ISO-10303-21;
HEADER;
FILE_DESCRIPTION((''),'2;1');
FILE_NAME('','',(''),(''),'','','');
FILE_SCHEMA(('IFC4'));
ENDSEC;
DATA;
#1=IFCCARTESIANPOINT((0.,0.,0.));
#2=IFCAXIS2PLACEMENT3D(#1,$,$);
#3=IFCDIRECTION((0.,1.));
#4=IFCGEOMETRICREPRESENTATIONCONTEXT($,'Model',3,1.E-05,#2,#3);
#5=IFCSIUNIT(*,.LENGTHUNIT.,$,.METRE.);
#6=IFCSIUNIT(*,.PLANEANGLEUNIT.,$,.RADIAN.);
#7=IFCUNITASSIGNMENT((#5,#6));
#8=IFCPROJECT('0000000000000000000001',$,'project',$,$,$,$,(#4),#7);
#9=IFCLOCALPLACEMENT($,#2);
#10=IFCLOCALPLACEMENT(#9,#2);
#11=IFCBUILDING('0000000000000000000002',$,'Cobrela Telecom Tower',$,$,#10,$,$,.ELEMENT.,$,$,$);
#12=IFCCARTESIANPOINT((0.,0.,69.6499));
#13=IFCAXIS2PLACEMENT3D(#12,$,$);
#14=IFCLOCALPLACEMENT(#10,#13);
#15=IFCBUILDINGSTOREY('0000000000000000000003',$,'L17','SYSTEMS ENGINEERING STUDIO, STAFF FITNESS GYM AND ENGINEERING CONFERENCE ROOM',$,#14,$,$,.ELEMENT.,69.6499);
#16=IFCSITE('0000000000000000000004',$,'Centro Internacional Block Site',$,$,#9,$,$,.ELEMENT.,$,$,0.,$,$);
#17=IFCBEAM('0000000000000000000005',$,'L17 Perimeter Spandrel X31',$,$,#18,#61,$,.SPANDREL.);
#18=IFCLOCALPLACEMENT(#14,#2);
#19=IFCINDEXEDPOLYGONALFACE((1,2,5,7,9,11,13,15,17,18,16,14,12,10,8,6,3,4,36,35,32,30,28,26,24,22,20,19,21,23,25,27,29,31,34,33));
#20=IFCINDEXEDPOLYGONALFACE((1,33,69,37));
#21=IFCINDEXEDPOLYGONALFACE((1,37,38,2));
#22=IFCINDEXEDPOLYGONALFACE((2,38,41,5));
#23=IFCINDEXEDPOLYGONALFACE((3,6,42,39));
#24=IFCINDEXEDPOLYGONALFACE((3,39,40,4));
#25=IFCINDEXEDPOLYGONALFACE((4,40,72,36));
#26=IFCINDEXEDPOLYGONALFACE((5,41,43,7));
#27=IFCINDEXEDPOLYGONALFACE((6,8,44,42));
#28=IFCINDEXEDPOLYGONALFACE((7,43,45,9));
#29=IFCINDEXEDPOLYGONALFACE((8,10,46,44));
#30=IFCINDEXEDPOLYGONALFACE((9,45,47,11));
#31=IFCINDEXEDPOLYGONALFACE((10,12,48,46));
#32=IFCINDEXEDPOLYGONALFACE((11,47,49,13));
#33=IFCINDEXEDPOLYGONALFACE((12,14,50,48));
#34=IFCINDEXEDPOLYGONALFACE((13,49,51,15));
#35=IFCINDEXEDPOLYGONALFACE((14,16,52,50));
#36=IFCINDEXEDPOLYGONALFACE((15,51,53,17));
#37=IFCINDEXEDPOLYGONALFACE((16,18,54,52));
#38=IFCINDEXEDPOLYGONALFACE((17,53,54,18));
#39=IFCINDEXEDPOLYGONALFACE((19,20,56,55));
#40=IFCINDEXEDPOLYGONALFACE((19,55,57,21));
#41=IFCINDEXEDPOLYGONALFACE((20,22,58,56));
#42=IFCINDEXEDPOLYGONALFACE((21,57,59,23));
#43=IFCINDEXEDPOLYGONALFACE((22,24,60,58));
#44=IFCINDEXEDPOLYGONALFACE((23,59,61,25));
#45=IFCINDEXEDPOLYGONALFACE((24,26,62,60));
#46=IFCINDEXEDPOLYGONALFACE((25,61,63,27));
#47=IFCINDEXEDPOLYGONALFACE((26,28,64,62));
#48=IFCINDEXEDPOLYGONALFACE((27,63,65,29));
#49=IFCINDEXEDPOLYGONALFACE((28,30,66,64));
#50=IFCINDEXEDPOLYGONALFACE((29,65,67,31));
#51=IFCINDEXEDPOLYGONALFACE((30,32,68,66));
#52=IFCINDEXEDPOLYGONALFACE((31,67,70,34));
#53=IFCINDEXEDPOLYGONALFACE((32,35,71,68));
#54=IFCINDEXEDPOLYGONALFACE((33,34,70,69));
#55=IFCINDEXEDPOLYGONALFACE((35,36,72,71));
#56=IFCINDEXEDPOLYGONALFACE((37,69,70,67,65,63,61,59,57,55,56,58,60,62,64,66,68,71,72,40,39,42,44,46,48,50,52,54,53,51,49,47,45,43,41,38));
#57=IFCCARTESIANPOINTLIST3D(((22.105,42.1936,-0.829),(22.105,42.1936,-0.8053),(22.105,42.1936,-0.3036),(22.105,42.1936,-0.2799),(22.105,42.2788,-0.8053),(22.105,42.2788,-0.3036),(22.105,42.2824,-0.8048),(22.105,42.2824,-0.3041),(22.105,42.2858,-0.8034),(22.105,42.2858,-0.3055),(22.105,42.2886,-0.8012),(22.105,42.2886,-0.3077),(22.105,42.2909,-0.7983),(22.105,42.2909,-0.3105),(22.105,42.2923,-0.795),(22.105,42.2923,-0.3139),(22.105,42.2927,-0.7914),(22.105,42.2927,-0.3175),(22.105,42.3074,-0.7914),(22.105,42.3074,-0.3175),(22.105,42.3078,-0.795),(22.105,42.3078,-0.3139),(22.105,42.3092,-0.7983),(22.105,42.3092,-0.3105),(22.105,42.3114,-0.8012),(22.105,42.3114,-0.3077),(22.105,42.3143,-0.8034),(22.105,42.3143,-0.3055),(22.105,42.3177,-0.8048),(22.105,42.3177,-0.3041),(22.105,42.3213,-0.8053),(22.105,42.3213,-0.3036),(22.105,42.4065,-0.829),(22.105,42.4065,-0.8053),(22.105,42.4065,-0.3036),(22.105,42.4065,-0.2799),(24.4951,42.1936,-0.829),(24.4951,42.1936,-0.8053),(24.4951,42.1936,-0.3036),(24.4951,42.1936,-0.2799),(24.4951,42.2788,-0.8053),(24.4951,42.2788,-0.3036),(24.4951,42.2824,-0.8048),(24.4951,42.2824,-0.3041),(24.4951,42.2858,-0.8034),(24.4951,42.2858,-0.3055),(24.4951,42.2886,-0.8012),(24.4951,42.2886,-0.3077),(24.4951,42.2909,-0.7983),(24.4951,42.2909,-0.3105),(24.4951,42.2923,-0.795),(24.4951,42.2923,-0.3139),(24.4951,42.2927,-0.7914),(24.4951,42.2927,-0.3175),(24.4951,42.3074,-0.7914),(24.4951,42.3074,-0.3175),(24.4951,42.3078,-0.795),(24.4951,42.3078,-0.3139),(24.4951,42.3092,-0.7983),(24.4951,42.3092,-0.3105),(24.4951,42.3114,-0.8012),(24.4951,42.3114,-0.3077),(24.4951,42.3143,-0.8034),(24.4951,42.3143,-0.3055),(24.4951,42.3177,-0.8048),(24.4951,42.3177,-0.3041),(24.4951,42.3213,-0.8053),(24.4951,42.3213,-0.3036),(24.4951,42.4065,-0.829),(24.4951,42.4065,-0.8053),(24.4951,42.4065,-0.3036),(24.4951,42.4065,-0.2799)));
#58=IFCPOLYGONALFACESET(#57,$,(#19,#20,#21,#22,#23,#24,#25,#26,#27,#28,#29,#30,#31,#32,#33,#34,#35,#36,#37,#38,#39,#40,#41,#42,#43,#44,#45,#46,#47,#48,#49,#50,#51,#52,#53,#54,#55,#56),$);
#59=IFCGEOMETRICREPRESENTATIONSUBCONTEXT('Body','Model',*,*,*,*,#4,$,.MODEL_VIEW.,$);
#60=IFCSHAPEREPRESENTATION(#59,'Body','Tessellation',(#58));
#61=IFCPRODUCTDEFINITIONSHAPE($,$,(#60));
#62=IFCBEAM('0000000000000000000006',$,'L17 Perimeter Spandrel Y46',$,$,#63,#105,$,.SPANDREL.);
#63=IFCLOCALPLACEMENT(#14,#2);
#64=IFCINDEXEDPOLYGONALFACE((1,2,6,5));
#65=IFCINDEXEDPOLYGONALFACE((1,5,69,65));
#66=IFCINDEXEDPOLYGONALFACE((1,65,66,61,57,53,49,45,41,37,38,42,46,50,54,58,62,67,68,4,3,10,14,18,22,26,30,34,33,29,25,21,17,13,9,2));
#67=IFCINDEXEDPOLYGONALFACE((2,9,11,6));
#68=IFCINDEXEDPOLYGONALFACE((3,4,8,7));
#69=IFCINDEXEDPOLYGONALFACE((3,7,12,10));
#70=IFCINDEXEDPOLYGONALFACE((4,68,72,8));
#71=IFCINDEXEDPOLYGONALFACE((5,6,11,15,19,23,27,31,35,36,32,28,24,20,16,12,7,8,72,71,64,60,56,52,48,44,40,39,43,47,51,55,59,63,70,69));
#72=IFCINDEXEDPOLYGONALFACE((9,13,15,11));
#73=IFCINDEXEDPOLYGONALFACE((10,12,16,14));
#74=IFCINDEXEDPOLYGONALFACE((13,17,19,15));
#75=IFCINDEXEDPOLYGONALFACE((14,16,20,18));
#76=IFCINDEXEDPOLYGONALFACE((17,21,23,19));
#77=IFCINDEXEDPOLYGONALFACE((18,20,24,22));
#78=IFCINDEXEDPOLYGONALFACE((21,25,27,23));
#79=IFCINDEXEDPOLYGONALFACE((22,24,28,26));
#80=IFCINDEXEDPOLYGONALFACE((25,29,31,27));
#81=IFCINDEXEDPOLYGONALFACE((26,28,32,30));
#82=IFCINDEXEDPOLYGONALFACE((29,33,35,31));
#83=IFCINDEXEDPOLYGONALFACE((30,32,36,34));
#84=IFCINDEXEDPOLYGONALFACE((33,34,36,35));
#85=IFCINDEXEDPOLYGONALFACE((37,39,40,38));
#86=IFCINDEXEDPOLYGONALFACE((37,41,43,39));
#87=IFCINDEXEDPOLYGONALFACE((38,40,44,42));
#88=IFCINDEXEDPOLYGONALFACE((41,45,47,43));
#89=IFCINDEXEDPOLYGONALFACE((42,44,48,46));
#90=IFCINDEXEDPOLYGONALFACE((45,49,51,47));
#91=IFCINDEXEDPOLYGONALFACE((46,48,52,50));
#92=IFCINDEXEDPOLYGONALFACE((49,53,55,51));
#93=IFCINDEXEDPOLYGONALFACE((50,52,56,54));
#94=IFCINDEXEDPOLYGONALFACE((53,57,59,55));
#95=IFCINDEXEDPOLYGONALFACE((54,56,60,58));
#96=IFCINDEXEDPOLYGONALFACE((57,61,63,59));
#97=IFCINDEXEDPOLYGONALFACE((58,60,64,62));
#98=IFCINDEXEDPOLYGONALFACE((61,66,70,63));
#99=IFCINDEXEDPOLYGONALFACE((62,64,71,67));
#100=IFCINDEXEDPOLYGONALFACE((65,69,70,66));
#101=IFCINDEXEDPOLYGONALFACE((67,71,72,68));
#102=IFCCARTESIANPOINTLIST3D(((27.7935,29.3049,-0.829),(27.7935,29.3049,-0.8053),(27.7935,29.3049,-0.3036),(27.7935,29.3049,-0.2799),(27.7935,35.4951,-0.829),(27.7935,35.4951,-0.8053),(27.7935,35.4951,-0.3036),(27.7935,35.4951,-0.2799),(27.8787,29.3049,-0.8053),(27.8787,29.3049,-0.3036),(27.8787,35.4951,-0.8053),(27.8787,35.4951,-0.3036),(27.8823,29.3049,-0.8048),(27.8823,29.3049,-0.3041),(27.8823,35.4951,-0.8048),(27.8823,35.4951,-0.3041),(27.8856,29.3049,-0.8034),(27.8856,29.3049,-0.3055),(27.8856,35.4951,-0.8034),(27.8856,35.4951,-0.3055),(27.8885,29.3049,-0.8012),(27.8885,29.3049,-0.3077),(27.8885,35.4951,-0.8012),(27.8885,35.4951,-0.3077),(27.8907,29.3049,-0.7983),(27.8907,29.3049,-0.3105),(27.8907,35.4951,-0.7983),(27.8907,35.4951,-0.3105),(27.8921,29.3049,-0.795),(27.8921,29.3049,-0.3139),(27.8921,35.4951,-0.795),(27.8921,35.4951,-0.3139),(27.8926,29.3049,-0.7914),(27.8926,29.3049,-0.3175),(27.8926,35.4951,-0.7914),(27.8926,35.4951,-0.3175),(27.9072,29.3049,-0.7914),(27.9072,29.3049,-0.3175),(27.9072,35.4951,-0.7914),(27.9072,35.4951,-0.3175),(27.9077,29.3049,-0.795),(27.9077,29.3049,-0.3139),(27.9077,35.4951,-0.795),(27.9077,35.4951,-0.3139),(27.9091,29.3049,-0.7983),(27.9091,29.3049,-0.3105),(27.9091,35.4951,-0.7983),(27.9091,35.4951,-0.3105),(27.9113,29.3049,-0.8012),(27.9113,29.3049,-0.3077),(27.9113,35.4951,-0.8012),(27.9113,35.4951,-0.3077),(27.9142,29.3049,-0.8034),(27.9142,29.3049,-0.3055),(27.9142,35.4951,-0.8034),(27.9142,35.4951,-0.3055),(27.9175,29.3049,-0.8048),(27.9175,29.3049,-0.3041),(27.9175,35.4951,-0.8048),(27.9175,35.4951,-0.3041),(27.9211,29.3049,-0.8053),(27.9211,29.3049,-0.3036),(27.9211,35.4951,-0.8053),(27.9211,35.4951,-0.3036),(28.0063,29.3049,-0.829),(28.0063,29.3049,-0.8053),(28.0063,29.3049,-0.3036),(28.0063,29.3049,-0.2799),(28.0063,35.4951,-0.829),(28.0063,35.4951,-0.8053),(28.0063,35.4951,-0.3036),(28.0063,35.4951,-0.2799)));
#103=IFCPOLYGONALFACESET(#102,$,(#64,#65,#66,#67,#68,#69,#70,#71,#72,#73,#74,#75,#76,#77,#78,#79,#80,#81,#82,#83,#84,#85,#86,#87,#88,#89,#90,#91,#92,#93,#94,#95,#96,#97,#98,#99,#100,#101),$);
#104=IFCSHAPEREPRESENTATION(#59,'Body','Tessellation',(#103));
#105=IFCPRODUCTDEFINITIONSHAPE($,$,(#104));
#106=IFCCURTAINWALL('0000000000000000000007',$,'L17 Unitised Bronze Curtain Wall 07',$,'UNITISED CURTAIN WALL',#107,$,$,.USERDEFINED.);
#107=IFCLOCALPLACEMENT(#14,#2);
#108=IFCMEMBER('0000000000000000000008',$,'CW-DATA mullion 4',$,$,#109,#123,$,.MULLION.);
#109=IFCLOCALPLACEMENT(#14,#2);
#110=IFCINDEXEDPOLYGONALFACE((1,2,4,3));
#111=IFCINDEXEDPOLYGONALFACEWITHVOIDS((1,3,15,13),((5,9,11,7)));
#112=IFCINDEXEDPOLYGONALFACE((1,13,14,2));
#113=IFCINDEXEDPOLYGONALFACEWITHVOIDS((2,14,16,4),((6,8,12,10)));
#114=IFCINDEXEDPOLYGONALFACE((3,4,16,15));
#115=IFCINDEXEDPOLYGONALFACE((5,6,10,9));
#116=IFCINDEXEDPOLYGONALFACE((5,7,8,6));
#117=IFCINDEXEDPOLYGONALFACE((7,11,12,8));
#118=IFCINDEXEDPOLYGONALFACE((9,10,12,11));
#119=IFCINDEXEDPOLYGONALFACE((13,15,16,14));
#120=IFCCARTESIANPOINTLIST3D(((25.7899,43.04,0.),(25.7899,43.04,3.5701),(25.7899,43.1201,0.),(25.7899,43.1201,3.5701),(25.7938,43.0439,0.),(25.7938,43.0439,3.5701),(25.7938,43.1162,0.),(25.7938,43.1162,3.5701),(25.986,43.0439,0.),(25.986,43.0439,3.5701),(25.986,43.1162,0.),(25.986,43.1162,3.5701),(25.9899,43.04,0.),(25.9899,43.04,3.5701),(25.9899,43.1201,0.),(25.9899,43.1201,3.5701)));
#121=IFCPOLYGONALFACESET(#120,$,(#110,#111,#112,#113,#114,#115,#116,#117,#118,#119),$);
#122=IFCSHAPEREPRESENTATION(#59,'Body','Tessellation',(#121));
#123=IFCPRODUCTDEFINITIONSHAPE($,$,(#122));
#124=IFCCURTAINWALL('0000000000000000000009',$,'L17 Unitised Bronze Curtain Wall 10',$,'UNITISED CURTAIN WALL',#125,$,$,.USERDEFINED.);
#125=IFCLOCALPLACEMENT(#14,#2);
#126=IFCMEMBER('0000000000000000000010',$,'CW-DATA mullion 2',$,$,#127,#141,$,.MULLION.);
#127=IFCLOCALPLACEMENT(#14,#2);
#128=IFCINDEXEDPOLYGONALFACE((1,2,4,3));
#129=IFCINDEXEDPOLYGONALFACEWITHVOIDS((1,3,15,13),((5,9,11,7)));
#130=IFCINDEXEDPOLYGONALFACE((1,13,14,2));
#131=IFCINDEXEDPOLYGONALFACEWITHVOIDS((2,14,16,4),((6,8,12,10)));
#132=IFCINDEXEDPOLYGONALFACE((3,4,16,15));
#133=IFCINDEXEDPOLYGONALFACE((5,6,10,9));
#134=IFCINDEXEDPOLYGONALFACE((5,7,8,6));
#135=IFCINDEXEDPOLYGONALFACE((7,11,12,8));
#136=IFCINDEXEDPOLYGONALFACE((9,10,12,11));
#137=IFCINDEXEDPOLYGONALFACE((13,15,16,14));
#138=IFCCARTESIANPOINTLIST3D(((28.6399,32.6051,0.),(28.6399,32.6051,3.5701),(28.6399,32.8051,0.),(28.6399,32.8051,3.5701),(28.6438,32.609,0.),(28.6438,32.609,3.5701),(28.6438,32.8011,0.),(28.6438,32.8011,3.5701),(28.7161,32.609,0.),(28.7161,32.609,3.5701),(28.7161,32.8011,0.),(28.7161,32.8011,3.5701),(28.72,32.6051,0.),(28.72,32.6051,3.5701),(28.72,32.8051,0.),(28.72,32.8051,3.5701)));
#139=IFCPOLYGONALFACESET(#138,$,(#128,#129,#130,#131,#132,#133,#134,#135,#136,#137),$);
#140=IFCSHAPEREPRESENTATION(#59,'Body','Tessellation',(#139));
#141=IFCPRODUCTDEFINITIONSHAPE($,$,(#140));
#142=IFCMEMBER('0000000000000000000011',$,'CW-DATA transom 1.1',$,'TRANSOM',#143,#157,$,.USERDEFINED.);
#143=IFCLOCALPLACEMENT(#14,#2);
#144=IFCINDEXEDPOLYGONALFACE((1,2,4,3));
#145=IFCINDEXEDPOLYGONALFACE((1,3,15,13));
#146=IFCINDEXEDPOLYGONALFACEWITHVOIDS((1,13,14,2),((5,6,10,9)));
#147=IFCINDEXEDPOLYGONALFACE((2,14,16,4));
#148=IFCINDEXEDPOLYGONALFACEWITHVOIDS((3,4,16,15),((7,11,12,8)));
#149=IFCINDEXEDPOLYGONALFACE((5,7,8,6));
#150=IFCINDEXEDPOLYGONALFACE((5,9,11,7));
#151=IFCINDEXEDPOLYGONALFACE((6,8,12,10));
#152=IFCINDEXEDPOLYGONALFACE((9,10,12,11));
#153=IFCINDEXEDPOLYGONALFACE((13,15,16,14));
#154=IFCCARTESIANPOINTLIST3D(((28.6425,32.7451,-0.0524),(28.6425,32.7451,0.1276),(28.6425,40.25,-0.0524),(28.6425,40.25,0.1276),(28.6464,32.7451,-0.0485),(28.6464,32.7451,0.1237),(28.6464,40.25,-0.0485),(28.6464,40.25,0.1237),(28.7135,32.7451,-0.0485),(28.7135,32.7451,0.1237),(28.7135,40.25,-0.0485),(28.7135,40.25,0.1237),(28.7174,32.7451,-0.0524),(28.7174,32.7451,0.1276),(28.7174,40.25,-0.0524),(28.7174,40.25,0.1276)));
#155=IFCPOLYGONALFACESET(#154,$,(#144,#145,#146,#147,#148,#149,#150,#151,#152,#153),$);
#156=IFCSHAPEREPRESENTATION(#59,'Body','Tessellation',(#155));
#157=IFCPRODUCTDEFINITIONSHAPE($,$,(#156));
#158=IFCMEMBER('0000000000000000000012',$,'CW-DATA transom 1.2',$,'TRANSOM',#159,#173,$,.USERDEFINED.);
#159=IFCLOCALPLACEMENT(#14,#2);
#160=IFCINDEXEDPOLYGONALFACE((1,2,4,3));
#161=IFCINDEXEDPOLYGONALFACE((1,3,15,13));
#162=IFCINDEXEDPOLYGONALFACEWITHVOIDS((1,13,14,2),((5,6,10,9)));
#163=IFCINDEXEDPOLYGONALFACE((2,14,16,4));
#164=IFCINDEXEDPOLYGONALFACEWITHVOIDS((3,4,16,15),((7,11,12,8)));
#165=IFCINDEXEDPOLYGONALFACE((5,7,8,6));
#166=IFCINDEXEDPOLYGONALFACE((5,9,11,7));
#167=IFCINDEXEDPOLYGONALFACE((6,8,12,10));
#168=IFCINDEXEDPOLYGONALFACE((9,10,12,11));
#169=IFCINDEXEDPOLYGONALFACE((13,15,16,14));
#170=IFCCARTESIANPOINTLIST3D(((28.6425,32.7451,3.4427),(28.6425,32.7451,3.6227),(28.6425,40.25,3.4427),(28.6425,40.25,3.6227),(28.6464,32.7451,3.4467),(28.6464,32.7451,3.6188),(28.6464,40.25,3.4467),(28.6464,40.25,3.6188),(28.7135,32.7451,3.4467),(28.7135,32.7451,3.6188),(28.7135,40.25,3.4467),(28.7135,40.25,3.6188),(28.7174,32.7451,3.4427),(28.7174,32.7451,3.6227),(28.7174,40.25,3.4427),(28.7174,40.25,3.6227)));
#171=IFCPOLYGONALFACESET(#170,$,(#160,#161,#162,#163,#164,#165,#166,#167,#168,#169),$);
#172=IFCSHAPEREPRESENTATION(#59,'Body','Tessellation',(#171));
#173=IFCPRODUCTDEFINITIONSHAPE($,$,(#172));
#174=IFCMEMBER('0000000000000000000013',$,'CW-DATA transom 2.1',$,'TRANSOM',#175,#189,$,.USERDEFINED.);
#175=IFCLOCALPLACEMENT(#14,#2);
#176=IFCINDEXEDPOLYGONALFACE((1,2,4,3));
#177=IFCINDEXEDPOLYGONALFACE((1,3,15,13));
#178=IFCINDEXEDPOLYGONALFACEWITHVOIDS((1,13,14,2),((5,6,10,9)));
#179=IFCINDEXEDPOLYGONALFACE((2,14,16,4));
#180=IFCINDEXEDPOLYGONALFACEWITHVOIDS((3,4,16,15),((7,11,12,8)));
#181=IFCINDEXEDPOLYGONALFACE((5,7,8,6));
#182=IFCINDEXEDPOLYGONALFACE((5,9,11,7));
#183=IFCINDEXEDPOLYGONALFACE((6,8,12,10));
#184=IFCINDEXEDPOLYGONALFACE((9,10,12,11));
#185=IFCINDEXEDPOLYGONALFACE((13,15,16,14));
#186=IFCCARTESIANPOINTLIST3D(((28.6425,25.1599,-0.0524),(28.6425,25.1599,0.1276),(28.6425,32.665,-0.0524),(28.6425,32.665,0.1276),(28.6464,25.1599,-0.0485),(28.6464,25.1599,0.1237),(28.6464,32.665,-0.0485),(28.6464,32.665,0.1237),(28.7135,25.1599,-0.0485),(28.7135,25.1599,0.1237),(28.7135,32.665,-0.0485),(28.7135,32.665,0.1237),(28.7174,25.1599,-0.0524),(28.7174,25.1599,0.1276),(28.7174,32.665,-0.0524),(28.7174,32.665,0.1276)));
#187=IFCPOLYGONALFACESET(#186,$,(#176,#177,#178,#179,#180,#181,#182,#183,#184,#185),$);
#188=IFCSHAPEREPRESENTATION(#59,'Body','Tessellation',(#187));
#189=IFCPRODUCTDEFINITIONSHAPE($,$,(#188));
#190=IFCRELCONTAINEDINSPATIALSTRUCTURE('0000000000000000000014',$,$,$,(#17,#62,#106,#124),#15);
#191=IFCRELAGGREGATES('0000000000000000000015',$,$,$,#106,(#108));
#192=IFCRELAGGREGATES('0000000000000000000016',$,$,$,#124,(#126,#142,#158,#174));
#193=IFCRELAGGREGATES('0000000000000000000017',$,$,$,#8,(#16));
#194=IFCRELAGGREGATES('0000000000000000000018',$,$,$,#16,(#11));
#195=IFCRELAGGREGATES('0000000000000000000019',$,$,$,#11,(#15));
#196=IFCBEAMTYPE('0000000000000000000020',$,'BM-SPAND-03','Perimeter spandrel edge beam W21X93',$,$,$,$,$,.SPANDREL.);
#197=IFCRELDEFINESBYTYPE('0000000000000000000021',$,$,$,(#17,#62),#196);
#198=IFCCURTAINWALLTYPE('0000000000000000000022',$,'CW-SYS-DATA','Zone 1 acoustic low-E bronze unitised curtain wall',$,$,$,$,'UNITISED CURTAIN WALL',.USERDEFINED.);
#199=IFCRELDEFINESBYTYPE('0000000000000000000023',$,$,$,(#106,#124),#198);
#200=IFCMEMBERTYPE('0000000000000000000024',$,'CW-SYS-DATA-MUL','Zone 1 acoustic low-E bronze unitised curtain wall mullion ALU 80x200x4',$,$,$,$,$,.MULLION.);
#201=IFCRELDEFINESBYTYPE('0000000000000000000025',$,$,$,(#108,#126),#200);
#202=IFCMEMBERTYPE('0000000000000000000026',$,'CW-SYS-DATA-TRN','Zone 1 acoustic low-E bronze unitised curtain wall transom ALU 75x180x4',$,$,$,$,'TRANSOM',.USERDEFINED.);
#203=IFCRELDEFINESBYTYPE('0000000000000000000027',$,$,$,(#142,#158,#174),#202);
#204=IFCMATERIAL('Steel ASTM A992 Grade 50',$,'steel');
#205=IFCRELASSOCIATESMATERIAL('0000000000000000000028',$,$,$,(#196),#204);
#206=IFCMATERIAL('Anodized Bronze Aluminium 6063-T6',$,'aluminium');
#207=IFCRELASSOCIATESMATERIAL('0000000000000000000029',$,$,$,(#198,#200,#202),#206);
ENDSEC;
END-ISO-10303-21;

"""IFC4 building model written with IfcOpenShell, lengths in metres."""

from ifc_helpers import new_model, si_unit, direction, frame, origin, origin_2d, place, context, subcontext, project, spatial, hollow_rectangle, i_section, extrude, material, material_profile, profile_set, type_object, element, aggregate, save


model = new_model("IFC4")

# Units and contexts
model_context = context("Model", 3, precision=1e-05, world=origin(), true_north=direction((0.0, 1.0)))
body_context = subcontext(model_context, "Body", "Model", "MODEL_VIEW")
ifc_project = project(units=[si_unit("LENGTHUNIT", "METRE"), si_unit("PLANEANGLEUNIT", "RADIAN")], contexts=[model_context])

# Site, building, storey
site_placement = place(None, origin())
site = spatial("IfcSite", under=ifc_project, at=site_placement, Name="Centro Internacional Block Site", CompositionType="ELEMENT", RefElevation=0.0)
building_placement = place(site_placement, origin())
building = spatial("IfcBuilding", under=site, at=building_placement, Name="Cobrela Telecom Tower", CompositionType="ELEMENT")
storey_placement = place(building_placement, frame((0.0, 0.0, 69.6499)))
storey = spatial("IfcBuildingStorey", under=building, at=storey_placement, Name="L17", Description="SYSTEMS ENGINEERING STUDIO, STAFF FITNESS GYM AND ENGINEERING CONFERENCE ROOM", CompositionType="ELEMENT", Elevation=69.6499)

# Shared definitions
ifc_material_1 = material(Name="Steel ASTM A992 Grade 50", Category="steel")

# Beams
ifc_material_profile_1 = material_profile(ifc_material_1, i_section(OverallWidth=0.2129, OverallDepth=0.5491, WebThickness=0.0146, FlangeThickness=0.0237, FilletRadius=0.0139, at=origin_2d()), Name="W21X93")
ifc_profile_set_1 = profile_set([ifc_material_profile_1], Name="Steel ASTM A992 Grade 50")
beam_type_1 = type_object("IfcBeamType", Name="BM-SPAND-03", Description="Perimeter spandrel edge beam W21X93", PredefinedType="SPANDREL", material=ifc_profile_set_1)
beam_1_placement = place(storey_placement, frame((22.105, 42.3, -0.5544), z_axis=(1.0, 0.0, 0.0), x_axis=(0.0, 1.0, 0.0)))
element("IfcBeam", 1, at=beam_1_placement, inside=storey, type_object=beam_type_1, Name="L17 Perimeter Spandrel X31", PredefinedType="SPANDREL", context=body_context, shape_type="SweptSolid", body=[
    extrude(i_section(OverallWidth=0.2129, OverallDepth=0.5491, WebThickness=0.0146, FlangeThickness=0.0237, FilletRadius=0.0139, at=origin_2d()), origin(), (0.0, 0.0, 1.0), 2.3901),
])
beam_2_placement = place(storey_placement, frame((27.8999, 29.3049, -0.5544), z_axis=(0.0, 1.0, 0.0), x_axis=(-1.0, 0.0, 0.0)))
element("IfcBeam", 2, at=beam_2_placement, inside=storey, type_object=beam_type_1, Name="L17 Perimeter Spandrel Y46", PredefinedType="SPANDREL", context=body_context, shape_type="SweptSolid", body=[
    extrude(i_section(OverallWidth=0.2129, OverallDepth=0.5491, WebThickness=0.0146, FlangeThickness=0.0237, FilletRadius=0.0139, at=origin_2d()), origin(), (0.0, 0.0, 1.0), 6.1902),
])

# Curtain wall, member
ifc_material_2 = material(Name="Anodized Bronze Aluminium 6063-T6", Category="aluminium")
curtain_wall_type = type_object("IfcCurtainWallType", Name="CW-SYS-DATA", Description="Zone 1 acoustic low-E bronze unitised curtain wall", ElementType="UNITISED CURTAIN WALL", PredefinedType="USERDEFINED", material=ifc_material_2)
curtain_wall_1_placement = place(storey_placement, origin())
curtain_wall_1 = element("IfcCurtainWall", 3, at=curtain_wall_1_placement, inside=storey, type_object=curtain_wall_type, Name="L17 Unitised Bronze Curtain Wall 07", ObjectType="UNITISED CURTAIN WALL", PredefinedType="USERDEFINED")
ifc_material_profile_2 = material_profile(ifc_material_2, hollow_rectangle(XDim=0.0801, YDim=0.2, WallThickness=0.0039, at=origin_2d()), Name="ALU 80x200x4")
ifc_profile_set_2 = profile_set([ifc_material_profile_2], Name="Anodized Bronze Aluminium 6063-T6")
member_type_1 = type_object("IfcMemberType", Name="CW-SYS-DATA-MUL", Description="Zone 1 acoustic low-E bronze unitised curtain wall mullion ALU 80x200x4", PredefinedType="MULLION", material=ifc_profile_set_2)
member_1_placement = place(storey_placement, frame((25.8899, 43.0801, 0.0), z_axis=(0.0, 0.0, 1.0), x_axis=(0.0, 1.0, 0.0)))
member_1 = element("IfcMember", 4, at=member_1_placement, type_object=member_type_1, Name="CW-DATA mullion 4", PredefinedType="MULLION", context=body_context, shape_type="SweptSolid", body=[
    extrude(hollow_rectangle(XDim=0.0801, YDim=0.2, WallThickness=0.0039, at=origin_2d()), origin(), (0.0, 0.0, 1.0), 3.5701),
])

# Curtain wall, members
curtain_wall_2_placement = place(storey_placement, origin())
curtain_wall_2 = element("IfcCurtainWall", 5, at=curtain_wall_2_placement, inside=storey, type_object=curtain_wall_type, Name="L17 Unitised Bronze Curtain Wall 10", ObjectType="UNITISED CURTAIN WALL", PredefinedType="USERDEFINED")
member_2_placement = place(storey_placement, frame((28.6799, 32.7051, 0.0), z_axis=(0.0, 0.0, 1.0), x_axis=(1.0, 0.0, 0.0)))
member_2 = element("IfcMember", 6, at=member_2_placement, type_object=member_type_1, Name="CW-DATA mullion 2", PredefinedType="MULLION", context=body_context, shape_type="SweptSolid", body=[
    extrude(hollow_rectangle(XDim=0.0801, YDim=0.2, WallThickness=0.0039, at=origin_2d()), origin(), (0.0, 0.0, 1.0), 3.5701),
])
ifc_material_profile_3 = material_profile(ifc_material_2, hollow_rectangle(XDim=0.075, YDim=0.1799, WallThickness=0.0039, at=origin_2d()), Name="ALU 75x180x4")
ifc_profile_set_3 = profile_set([ifc_material_profile_3], Name="Anodized Bronze Aluminium 6063-T6")
member_type_2 = type_object("IfcMemberType", Name="CW-SYS-DATA-TRN", Description="Zone 1 acoustic low-E bronze unitised curtain wall transom ALU 75x180x4", ElementType="TRANSOM", PredefinedType="USERDEFINED", material=ifc_profile_set_3)
member_3_placement = place(storey_placement, frame((28.6799, 40.25, 0.0376), z_axis=(0.0, -1.0, 0.0), x_axis=(1.0, 0.0, 0.0)))
member_3 = element("IfcMember", 7, at=member_3_placement, type_object=member_type_2, Name="CW-DATA transom 1.1", ObjectType="TRANSOM", PredefinedType="USERDEFINED", context=body_context, shape_type="SweptSolid", body=[
    extrude(hollow_rectangle(XDim=0.075, YDim=0.1799, WallThickness=0.0039, at=origin_2d()), origin(), (0.0, 0.0, 1.0), 7.5049),
])
member_4_placement = place(storey_placement, frame((28.6799, 40.25, 3.5327), z_axis=(0.0, -1.0, 0.0), x_axis=(1.0, 0.0, 0.0)))
member_4 = element("IfcMember", 8, at=member_4_placement, type_object=member_type_2, Name="CW-DATA transom 1.2", ObjectType="TRANSOM", PredefinedType="USERDEFINED", context=body_context, shape_type="SweptSolid", body=[
    extrude(hollow_rectangle(XDim=0.075, YDim=0.1799, WallThickness=0.0039, at=origin_2d()), origin(), (0.0, 0.0, 1.0), 7.5049),
])
member_5_placement = place(storey_placement, frame((28.6799, 32.665, 0.0376), z_axis=(0.0, -1.0, 0.0), x_axis=(1.0, 0.0, 0.0)))
member_5 = element("IfcMember", 9, at=member_5_placement, type_object=member_type_2, Name="CW-DATA transom 2.1", ObjectType="TRANSOM", PredefinedType="USERDEFINED", context=body_context, shape_type="SweptSolid", body=[
    extrude(hollow_rectangle(XDim=0.075, YDim=0.1799, WallThickness=0.0039, at=origin_2d()), origin(), (0.0, 0.0, 1.0), 7.5051),
])

aggregate(curtain_wall_1, [member_1])
aggregate(curtain_wall_2, [member_2, member_3, member_4, member_5])

save(model, "model.ifc")
